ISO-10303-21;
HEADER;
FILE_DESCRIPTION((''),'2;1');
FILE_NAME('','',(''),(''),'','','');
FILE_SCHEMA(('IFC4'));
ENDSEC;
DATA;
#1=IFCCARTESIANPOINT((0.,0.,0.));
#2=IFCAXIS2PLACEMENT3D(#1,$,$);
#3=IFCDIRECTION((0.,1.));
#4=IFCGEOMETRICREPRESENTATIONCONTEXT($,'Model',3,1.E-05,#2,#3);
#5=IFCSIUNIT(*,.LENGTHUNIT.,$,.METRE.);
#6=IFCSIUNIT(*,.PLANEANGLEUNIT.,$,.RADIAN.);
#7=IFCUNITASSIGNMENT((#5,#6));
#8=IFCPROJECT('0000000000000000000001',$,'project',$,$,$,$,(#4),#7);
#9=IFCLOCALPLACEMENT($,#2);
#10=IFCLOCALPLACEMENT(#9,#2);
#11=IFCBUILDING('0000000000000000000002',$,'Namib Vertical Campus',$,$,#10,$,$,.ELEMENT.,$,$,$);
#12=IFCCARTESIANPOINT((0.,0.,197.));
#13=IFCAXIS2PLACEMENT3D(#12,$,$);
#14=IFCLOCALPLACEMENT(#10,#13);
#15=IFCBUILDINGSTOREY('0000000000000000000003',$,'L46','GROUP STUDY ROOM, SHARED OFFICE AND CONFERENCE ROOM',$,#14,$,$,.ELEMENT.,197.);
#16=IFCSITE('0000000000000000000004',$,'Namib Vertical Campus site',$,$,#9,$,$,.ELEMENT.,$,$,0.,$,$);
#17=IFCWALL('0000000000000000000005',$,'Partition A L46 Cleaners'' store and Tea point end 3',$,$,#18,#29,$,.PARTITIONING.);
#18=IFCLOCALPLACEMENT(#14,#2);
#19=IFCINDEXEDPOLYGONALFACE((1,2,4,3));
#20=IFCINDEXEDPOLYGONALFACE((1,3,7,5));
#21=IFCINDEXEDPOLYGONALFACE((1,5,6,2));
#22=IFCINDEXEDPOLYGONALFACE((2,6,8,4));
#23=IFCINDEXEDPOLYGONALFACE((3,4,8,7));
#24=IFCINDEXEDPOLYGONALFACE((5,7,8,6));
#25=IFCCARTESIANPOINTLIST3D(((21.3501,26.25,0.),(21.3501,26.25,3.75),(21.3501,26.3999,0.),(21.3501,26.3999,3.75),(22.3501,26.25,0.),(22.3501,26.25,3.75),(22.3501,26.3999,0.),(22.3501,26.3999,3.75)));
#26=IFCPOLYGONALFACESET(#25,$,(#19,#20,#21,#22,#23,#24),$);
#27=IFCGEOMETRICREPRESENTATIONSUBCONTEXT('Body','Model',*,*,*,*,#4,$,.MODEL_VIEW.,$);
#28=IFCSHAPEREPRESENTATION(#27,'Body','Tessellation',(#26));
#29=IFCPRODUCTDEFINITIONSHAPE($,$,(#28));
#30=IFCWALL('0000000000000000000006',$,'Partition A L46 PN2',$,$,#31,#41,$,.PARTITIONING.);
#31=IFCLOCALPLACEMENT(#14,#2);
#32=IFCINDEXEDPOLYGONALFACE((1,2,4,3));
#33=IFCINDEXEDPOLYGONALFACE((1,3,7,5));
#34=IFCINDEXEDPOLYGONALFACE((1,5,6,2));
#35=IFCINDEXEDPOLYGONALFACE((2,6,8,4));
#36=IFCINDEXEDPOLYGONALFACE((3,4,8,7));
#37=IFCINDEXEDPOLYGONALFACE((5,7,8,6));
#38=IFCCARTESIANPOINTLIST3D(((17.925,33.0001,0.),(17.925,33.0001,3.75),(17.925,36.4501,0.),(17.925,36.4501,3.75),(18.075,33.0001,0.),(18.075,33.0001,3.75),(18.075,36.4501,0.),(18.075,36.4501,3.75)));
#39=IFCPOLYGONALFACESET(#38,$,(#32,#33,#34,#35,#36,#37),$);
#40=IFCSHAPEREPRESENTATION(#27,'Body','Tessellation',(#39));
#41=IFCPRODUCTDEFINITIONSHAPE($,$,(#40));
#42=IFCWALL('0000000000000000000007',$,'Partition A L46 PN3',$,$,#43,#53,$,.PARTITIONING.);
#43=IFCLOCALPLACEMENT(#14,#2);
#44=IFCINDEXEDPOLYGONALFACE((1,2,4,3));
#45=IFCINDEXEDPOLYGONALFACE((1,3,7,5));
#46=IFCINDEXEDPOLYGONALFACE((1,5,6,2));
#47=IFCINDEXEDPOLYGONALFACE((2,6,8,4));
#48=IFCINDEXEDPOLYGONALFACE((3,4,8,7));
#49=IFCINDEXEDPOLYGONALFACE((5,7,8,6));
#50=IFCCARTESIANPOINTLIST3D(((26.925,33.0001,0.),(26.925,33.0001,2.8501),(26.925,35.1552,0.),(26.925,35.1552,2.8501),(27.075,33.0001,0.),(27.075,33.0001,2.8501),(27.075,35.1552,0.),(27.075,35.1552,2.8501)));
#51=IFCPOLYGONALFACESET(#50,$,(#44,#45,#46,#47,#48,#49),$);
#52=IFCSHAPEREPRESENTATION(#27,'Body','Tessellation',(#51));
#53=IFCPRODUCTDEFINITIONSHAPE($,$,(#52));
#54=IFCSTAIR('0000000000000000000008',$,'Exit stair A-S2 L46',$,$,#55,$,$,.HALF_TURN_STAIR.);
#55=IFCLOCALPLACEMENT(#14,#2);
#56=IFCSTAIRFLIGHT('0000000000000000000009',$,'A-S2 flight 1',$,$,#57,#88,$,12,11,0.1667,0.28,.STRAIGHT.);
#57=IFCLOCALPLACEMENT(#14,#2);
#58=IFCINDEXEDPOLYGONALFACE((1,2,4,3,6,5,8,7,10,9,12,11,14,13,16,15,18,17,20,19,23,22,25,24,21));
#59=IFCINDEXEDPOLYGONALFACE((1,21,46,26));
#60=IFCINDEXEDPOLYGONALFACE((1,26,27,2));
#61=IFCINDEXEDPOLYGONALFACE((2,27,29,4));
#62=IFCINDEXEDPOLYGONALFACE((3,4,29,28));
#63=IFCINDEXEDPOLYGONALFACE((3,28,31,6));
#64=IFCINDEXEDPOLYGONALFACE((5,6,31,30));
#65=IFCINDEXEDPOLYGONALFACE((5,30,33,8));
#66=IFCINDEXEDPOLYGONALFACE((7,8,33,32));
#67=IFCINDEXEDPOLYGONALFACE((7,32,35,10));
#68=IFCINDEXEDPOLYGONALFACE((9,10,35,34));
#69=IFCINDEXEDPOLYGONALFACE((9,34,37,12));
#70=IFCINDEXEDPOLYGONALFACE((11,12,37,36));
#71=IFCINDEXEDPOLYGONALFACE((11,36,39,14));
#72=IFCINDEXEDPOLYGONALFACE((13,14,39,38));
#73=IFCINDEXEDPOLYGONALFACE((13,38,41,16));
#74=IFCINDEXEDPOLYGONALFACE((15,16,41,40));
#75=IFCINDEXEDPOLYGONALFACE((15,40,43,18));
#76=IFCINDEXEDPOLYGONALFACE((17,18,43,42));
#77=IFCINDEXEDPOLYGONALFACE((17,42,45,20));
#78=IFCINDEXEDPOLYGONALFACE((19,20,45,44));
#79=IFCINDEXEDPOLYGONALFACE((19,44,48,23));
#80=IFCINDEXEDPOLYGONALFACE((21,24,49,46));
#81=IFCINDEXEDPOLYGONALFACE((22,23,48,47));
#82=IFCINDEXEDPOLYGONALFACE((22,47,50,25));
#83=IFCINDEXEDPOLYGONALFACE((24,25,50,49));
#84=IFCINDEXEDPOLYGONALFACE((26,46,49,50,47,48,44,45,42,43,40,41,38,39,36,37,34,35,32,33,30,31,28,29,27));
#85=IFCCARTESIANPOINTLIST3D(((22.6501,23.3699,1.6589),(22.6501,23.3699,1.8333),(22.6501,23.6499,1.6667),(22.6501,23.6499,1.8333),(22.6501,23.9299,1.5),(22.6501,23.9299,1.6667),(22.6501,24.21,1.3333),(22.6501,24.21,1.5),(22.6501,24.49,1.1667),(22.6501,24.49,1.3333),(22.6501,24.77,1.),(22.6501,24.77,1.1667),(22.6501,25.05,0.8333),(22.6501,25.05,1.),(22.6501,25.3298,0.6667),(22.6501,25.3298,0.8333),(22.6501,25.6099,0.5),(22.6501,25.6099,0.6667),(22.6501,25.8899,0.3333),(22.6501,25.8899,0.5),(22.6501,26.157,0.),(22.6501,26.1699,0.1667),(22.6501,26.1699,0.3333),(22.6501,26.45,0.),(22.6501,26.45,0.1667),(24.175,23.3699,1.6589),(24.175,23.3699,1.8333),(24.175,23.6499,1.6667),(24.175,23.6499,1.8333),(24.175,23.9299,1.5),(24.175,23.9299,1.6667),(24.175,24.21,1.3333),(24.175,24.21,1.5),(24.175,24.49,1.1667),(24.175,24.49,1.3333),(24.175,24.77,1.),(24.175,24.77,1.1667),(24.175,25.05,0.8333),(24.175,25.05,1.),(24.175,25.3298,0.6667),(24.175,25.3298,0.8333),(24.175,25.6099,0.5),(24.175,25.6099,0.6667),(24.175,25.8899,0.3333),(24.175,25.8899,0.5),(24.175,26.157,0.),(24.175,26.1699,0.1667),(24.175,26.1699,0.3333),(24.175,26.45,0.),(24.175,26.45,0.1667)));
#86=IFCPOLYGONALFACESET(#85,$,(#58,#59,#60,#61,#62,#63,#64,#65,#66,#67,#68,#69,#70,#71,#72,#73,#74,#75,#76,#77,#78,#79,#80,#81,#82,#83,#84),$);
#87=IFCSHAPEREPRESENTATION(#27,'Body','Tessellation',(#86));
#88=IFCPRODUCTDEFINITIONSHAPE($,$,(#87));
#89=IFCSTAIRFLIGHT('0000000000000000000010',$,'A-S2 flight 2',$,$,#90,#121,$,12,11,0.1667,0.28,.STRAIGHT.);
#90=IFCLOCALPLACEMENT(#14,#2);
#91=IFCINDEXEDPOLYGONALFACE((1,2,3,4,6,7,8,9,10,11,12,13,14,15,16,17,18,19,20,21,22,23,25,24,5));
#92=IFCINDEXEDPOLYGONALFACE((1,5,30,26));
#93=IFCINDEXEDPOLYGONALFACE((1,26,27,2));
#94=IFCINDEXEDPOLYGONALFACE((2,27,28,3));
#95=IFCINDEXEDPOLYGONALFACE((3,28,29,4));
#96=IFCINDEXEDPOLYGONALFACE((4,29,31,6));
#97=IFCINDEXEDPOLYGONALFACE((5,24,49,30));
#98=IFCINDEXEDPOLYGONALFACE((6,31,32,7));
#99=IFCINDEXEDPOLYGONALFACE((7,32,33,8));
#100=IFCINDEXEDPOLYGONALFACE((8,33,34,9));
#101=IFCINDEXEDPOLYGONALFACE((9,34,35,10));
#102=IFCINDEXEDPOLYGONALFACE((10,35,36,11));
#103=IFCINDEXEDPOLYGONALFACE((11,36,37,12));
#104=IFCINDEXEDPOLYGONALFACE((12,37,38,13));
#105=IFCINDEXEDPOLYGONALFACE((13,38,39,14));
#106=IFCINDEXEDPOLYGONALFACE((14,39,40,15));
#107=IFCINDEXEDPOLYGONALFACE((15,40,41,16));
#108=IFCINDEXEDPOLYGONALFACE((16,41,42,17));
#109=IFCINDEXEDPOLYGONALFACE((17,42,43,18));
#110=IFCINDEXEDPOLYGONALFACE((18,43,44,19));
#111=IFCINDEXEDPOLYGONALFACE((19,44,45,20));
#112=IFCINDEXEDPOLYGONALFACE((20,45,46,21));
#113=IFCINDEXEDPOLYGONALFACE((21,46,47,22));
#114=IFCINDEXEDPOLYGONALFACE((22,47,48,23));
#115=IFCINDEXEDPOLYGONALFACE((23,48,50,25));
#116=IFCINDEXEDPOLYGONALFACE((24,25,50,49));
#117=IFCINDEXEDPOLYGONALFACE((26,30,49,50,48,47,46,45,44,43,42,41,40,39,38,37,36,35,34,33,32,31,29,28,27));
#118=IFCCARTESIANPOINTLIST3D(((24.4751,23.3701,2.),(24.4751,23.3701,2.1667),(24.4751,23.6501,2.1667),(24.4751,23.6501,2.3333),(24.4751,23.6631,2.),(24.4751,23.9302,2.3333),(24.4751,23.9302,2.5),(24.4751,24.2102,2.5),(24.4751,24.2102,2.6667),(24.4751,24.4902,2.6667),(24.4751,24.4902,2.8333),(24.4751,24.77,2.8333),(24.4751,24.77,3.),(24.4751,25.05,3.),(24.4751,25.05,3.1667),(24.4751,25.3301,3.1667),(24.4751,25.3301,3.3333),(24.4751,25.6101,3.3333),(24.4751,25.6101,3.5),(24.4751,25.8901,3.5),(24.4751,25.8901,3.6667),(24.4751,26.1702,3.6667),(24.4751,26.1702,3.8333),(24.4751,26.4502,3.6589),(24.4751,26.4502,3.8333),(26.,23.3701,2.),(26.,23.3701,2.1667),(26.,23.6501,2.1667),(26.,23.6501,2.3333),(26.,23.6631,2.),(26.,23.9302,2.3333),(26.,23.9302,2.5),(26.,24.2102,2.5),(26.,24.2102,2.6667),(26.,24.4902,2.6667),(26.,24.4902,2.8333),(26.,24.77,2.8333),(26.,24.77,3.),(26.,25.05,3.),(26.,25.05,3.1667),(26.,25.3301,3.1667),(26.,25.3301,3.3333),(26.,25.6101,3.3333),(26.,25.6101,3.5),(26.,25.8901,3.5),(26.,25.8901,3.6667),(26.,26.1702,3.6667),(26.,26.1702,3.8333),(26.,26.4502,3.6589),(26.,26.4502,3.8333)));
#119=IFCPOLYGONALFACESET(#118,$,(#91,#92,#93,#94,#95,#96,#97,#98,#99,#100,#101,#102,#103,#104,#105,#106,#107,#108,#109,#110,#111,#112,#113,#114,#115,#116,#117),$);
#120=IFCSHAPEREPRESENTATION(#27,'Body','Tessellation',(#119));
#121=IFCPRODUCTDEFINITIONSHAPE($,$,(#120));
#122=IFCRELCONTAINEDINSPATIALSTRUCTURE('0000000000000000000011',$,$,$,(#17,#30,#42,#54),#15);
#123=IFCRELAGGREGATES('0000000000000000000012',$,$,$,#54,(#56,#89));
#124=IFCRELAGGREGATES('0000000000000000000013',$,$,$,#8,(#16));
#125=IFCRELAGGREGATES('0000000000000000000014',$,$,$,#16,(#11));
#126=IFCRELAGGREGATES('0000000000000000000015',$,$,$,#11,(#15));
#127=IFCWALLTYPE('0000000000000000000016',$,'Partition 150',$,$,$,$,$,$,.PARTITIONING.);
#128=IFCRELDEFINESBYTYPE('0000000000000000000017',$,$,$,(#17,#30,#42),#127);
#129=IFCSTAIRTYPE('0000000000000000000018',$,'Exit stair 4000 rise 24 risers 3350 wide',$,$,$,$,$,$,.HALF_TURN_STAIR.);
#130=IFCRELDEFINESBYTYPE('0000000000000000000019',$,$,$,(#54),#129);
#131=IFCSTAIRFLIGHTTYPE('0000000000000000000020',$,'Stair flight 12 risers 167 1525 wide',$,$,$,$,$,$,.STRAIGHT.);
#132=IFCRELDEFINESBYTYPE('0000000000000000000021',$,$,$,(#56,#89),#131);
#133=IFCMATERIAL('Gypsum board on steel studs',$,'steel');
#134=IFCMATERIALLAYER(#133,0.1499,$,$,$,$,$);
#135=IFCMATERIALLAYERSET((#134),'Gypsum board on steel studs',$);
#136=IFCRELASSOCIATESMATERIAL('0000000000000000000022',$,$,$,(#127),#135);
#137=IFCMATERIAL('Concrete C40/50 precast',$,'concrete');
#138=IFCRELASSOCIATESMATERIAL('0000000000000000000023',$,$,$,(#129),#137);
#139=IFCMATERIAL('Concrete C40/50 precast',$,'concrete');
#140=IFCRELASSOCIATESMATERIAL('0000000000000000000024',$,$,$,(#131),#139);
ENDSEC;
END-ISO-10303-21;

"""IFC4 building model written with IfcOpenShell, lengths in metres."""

from ifc_helpers import new_model, si_unit, direction, frame, frame_2d, origin, place, context, subcontext, project, spatial, polyline, rectangle, outline, extrude, material, layer, layer_set, type_object, element, aggregate, save


model = new_model("IFC4")

# Units and contexts
model_context = context("Model", 3, precision=1e-05, world=origin(), true_north=direction((0.0, 1.0)))
body_context = subcontext(model_context, "Body", "Model", "MODEL_VIEW")
ifc_project = project(units=[si_unit("LENGTHUNIT", "METRE"), si_unit("PLANEANGLEUNIT", "RADIAN")], contexts=[model_context])

# Site, building, storey
site_placement = place(None, origin())
site = spatial("IfcSite", under=ifc_project, at=site_placement, Name="Namib Vertical Campus site", CompositionType="ELEMENT", RefElevation=0.0)
building_placement = place(site_placement, origin())
building = spatial("IfcBuilding", under=site, at=building_placement, Name="Namib Vertical Campus", CompositionType="ELEMENT")
storey_placement = place(building_placement, frame((0.0, 0.0, 197.0)))
storey = spatial("IfcBuildingStorey", under=building, at=storey_placement, Name="L46", Description="GROUP STUDY ROOM, SHARED OFFICE AND CONFERENCE ROOM", CompositionType="ELEMENT", Elevation=197.0)

# Shared definitions
ifc_material_1 = material(Name="Gypsum board on steel studs", Category="steel")
ifc_layer_1 = layer(ifc_material_1, 0.1499)
ifc_layer_set_1 = layer_set([ifc_layer_1], Name="Gypsum board on steel studs")
wall_type_1 = type_object("IfcWallType", Name="Partition 150", PredefinedType="PARTITIONING", material=ifc_layer_set_1)

# Walls
for number, where, z_axis, x_axis, name in (
    (1, (21.3501, 26.325, 0.0), (0.0, 0.0, 1.0), (1.0, 0.0, 0.0), "Partition A L46 Cleaners' store and Tea point end 3"),
):
    element("IfcWall", number, at=place(storey_placement, frame(where, z_axis=z_axis, x_axis=x_axis)), inside=storey, type_object=wall_type_1, Name=name, PredefinedType="PARTITIONING", context=body_context, shape_type="SweptSolid", body=[
        extrude(rectangle(XDim=1.0, YDim=0.1499, at=frame_2d((0.5, 0.0))), origin(), (0.0, 0.0, 1.0), 3.75),
    ])
wall_1_placement = place(storey_placement, frame((18.0, 33.0, 0.0), z_axis=(0.0, 0.0, 1.0), x_axis=(0.0, 1.0, 0.0)))
element("IfcWall", 2, at=wall_1_placement, inside=storey, type_object=wall_type_1, Name="Partition A L46 PN2", PredefinedType="PARTITIONING", context=body_context, shape_type="SweptSolid", body=[
    extrude(rectangle(XDim=3.45, YDim=0.1499, at=frame_2d((1.7251, 0.0))), origin(), (0.0, 0.0, 1.0), 3.75),
])
wall_2_placement = place(storey_placement, frame((27.0, 33.0, 0.0), z_axis=(0.0, 0.0, 1.0), x_axis=(0.0, 1.0, 0.0)))
element("IfcWall", 3, at=wall_2_placement, inside=storey, type_object=wall_type_1, Name="Partition A L46 PN3", PredefinedType="PARTITIONING", context=body_context, shape_type="SweptSolid", body=[
    extrude(rectangle(XDim=2.155, YDim=0.1499, at=frame_2d((1.0776, 0.0))), origin(), (0.0, 0.0, 1.0), 2.8501),
])

# Stair, stair flights
ifc_material_2 = material(Name="Concrete C40/50 precast", Category="concrete")
stair_type = type_object("IfcStairType", Name="Exit stair 4000 rise 24 risers 3350 wide", PredefinedType="HALF_TURN_STAIR", material=ifc_material_2)
stair_placement = place(storey_placement, origin())
stair = element("IfcStair", 4, at=stair_placement, inside=storey, type_object=stair_type, Name="Exit stair A-S2 L46", PredefinedType="HALF_TURN_STAIR")
ifc_material_3 = material(Name="Concrete C40/50 precast", Category="concrete")
stair_flight_type = type_object("IfcStairFlightType", Name="Stair flight 12 risers 167 1525 wide", PredefinedType="STRAIGHT", material=ifc_material_3)
stair_flight_1_placement = place(storey_placement, frame((23.4126, 26.45, 0.0), z_axis=(0.0, 0.0, 1.0), x_axis=(0.0, -1.0, 0.0)))
stair_flight_1 = element("IfcStairFlight", 5, at=stair_flight_1_placement, type_object=stair_flight_type, Name="A-S2 flight 1", NumberOfRisers=12, NumberOfTreads=11, PredefinedType="STRAIGHT", RiserHeight=0.1667, TreadLength=0.28, context=body_context, shape_type="SweptSolid", body=[
    extrude(outline(polyline([(0.0, 0.0), (0.0, 0.1667), (0.28, 0.1667), (0.28, 0.3333), (0.5601, 0.3333), (0.5601, 0.5), (0.8401, 0.5), (0.8401, 0.6667), (1.1201, 0.6667), (1.1201, 0.8333), (1.3999, 0.8333), (1.3999, 1.0), (1.6799, 1.0), (1.6799, 1.1667), (1.96, 1.1667), (1.96, 1.3333), (2.24, 1.3333), (2.24, 1.5), (2.52, 1.5), (2.52, 1.6667), (2.8, 1.6667), (2.8, 1.8333), (3.0801, 1.8333), (3.0801, 2.0), (3.0801, 1.6589), (0.293, 0.0), (0.0, 0.0)])), frame((0.0, 0.7625, 0.0), z_axis=(0.0, -1.0, 0.0), x_axis=(1.0, 0.0, 0.0)), (0.0, 0.0, 1.0), 1.5249),
])
stair_flight_2_placement = place(storey_placement, frame((25.2375, 23.3701, 2.0), z_axis=(0.0, 0.0, 1.0), x_axis=(0.0, 1.0, 0.0)))
stair_flight_2 = element("IfcStairFlight", 6, at=stair_flight_2_placement, type_object=stair_flight_type, Name="A-S2 flight 2", NumberOfRisers=12, NumberOfTreads=11, PredefinedType="STRAIGHT", RiserHeight=0.1667, TreadLength=0.28, context=body_context, shape_type="SweptSolid", body=[
    extrude(outline(polyline([(0.0, 0.0), (0.0, 0.1667), (0.28, 0.1667), (0.28, 0.3333), (0.5601, 0.3333), (0.5601, 0.5), (0.8401, 0.5), (0.8401, 0.6667), (1.1201, 0.6667), (1.1201, 0.8333), (1.3999, 0.8333), (1.3999, 1.0), (1.6799, 1.0), (1.6799, 1.1667), (1.96, 1.1667), (1.96, 1.3333), (2.24, 1.3333), (2.24, 1.5), (2.52, 1.5), (2.52, 1.6667), (2.8, 1.6667), (2.8, 1.8333), (3.0801, 1.8333), (3.0801, 2.0), (3.0801, 1.6589), (0.293, 0.0), (0.0, 0.0)])), frame((0.0, 0.7625, 0.0), z_axis=(0.0, -1.0, 0.0), x_axis=(1.0, 0.0, 0.0)), (0.0, 0.0, 1.0), 1.5249),
])
aggregate(stair, [stair_flight_1, stair_flight_2])

save(model, "model.ifc")
